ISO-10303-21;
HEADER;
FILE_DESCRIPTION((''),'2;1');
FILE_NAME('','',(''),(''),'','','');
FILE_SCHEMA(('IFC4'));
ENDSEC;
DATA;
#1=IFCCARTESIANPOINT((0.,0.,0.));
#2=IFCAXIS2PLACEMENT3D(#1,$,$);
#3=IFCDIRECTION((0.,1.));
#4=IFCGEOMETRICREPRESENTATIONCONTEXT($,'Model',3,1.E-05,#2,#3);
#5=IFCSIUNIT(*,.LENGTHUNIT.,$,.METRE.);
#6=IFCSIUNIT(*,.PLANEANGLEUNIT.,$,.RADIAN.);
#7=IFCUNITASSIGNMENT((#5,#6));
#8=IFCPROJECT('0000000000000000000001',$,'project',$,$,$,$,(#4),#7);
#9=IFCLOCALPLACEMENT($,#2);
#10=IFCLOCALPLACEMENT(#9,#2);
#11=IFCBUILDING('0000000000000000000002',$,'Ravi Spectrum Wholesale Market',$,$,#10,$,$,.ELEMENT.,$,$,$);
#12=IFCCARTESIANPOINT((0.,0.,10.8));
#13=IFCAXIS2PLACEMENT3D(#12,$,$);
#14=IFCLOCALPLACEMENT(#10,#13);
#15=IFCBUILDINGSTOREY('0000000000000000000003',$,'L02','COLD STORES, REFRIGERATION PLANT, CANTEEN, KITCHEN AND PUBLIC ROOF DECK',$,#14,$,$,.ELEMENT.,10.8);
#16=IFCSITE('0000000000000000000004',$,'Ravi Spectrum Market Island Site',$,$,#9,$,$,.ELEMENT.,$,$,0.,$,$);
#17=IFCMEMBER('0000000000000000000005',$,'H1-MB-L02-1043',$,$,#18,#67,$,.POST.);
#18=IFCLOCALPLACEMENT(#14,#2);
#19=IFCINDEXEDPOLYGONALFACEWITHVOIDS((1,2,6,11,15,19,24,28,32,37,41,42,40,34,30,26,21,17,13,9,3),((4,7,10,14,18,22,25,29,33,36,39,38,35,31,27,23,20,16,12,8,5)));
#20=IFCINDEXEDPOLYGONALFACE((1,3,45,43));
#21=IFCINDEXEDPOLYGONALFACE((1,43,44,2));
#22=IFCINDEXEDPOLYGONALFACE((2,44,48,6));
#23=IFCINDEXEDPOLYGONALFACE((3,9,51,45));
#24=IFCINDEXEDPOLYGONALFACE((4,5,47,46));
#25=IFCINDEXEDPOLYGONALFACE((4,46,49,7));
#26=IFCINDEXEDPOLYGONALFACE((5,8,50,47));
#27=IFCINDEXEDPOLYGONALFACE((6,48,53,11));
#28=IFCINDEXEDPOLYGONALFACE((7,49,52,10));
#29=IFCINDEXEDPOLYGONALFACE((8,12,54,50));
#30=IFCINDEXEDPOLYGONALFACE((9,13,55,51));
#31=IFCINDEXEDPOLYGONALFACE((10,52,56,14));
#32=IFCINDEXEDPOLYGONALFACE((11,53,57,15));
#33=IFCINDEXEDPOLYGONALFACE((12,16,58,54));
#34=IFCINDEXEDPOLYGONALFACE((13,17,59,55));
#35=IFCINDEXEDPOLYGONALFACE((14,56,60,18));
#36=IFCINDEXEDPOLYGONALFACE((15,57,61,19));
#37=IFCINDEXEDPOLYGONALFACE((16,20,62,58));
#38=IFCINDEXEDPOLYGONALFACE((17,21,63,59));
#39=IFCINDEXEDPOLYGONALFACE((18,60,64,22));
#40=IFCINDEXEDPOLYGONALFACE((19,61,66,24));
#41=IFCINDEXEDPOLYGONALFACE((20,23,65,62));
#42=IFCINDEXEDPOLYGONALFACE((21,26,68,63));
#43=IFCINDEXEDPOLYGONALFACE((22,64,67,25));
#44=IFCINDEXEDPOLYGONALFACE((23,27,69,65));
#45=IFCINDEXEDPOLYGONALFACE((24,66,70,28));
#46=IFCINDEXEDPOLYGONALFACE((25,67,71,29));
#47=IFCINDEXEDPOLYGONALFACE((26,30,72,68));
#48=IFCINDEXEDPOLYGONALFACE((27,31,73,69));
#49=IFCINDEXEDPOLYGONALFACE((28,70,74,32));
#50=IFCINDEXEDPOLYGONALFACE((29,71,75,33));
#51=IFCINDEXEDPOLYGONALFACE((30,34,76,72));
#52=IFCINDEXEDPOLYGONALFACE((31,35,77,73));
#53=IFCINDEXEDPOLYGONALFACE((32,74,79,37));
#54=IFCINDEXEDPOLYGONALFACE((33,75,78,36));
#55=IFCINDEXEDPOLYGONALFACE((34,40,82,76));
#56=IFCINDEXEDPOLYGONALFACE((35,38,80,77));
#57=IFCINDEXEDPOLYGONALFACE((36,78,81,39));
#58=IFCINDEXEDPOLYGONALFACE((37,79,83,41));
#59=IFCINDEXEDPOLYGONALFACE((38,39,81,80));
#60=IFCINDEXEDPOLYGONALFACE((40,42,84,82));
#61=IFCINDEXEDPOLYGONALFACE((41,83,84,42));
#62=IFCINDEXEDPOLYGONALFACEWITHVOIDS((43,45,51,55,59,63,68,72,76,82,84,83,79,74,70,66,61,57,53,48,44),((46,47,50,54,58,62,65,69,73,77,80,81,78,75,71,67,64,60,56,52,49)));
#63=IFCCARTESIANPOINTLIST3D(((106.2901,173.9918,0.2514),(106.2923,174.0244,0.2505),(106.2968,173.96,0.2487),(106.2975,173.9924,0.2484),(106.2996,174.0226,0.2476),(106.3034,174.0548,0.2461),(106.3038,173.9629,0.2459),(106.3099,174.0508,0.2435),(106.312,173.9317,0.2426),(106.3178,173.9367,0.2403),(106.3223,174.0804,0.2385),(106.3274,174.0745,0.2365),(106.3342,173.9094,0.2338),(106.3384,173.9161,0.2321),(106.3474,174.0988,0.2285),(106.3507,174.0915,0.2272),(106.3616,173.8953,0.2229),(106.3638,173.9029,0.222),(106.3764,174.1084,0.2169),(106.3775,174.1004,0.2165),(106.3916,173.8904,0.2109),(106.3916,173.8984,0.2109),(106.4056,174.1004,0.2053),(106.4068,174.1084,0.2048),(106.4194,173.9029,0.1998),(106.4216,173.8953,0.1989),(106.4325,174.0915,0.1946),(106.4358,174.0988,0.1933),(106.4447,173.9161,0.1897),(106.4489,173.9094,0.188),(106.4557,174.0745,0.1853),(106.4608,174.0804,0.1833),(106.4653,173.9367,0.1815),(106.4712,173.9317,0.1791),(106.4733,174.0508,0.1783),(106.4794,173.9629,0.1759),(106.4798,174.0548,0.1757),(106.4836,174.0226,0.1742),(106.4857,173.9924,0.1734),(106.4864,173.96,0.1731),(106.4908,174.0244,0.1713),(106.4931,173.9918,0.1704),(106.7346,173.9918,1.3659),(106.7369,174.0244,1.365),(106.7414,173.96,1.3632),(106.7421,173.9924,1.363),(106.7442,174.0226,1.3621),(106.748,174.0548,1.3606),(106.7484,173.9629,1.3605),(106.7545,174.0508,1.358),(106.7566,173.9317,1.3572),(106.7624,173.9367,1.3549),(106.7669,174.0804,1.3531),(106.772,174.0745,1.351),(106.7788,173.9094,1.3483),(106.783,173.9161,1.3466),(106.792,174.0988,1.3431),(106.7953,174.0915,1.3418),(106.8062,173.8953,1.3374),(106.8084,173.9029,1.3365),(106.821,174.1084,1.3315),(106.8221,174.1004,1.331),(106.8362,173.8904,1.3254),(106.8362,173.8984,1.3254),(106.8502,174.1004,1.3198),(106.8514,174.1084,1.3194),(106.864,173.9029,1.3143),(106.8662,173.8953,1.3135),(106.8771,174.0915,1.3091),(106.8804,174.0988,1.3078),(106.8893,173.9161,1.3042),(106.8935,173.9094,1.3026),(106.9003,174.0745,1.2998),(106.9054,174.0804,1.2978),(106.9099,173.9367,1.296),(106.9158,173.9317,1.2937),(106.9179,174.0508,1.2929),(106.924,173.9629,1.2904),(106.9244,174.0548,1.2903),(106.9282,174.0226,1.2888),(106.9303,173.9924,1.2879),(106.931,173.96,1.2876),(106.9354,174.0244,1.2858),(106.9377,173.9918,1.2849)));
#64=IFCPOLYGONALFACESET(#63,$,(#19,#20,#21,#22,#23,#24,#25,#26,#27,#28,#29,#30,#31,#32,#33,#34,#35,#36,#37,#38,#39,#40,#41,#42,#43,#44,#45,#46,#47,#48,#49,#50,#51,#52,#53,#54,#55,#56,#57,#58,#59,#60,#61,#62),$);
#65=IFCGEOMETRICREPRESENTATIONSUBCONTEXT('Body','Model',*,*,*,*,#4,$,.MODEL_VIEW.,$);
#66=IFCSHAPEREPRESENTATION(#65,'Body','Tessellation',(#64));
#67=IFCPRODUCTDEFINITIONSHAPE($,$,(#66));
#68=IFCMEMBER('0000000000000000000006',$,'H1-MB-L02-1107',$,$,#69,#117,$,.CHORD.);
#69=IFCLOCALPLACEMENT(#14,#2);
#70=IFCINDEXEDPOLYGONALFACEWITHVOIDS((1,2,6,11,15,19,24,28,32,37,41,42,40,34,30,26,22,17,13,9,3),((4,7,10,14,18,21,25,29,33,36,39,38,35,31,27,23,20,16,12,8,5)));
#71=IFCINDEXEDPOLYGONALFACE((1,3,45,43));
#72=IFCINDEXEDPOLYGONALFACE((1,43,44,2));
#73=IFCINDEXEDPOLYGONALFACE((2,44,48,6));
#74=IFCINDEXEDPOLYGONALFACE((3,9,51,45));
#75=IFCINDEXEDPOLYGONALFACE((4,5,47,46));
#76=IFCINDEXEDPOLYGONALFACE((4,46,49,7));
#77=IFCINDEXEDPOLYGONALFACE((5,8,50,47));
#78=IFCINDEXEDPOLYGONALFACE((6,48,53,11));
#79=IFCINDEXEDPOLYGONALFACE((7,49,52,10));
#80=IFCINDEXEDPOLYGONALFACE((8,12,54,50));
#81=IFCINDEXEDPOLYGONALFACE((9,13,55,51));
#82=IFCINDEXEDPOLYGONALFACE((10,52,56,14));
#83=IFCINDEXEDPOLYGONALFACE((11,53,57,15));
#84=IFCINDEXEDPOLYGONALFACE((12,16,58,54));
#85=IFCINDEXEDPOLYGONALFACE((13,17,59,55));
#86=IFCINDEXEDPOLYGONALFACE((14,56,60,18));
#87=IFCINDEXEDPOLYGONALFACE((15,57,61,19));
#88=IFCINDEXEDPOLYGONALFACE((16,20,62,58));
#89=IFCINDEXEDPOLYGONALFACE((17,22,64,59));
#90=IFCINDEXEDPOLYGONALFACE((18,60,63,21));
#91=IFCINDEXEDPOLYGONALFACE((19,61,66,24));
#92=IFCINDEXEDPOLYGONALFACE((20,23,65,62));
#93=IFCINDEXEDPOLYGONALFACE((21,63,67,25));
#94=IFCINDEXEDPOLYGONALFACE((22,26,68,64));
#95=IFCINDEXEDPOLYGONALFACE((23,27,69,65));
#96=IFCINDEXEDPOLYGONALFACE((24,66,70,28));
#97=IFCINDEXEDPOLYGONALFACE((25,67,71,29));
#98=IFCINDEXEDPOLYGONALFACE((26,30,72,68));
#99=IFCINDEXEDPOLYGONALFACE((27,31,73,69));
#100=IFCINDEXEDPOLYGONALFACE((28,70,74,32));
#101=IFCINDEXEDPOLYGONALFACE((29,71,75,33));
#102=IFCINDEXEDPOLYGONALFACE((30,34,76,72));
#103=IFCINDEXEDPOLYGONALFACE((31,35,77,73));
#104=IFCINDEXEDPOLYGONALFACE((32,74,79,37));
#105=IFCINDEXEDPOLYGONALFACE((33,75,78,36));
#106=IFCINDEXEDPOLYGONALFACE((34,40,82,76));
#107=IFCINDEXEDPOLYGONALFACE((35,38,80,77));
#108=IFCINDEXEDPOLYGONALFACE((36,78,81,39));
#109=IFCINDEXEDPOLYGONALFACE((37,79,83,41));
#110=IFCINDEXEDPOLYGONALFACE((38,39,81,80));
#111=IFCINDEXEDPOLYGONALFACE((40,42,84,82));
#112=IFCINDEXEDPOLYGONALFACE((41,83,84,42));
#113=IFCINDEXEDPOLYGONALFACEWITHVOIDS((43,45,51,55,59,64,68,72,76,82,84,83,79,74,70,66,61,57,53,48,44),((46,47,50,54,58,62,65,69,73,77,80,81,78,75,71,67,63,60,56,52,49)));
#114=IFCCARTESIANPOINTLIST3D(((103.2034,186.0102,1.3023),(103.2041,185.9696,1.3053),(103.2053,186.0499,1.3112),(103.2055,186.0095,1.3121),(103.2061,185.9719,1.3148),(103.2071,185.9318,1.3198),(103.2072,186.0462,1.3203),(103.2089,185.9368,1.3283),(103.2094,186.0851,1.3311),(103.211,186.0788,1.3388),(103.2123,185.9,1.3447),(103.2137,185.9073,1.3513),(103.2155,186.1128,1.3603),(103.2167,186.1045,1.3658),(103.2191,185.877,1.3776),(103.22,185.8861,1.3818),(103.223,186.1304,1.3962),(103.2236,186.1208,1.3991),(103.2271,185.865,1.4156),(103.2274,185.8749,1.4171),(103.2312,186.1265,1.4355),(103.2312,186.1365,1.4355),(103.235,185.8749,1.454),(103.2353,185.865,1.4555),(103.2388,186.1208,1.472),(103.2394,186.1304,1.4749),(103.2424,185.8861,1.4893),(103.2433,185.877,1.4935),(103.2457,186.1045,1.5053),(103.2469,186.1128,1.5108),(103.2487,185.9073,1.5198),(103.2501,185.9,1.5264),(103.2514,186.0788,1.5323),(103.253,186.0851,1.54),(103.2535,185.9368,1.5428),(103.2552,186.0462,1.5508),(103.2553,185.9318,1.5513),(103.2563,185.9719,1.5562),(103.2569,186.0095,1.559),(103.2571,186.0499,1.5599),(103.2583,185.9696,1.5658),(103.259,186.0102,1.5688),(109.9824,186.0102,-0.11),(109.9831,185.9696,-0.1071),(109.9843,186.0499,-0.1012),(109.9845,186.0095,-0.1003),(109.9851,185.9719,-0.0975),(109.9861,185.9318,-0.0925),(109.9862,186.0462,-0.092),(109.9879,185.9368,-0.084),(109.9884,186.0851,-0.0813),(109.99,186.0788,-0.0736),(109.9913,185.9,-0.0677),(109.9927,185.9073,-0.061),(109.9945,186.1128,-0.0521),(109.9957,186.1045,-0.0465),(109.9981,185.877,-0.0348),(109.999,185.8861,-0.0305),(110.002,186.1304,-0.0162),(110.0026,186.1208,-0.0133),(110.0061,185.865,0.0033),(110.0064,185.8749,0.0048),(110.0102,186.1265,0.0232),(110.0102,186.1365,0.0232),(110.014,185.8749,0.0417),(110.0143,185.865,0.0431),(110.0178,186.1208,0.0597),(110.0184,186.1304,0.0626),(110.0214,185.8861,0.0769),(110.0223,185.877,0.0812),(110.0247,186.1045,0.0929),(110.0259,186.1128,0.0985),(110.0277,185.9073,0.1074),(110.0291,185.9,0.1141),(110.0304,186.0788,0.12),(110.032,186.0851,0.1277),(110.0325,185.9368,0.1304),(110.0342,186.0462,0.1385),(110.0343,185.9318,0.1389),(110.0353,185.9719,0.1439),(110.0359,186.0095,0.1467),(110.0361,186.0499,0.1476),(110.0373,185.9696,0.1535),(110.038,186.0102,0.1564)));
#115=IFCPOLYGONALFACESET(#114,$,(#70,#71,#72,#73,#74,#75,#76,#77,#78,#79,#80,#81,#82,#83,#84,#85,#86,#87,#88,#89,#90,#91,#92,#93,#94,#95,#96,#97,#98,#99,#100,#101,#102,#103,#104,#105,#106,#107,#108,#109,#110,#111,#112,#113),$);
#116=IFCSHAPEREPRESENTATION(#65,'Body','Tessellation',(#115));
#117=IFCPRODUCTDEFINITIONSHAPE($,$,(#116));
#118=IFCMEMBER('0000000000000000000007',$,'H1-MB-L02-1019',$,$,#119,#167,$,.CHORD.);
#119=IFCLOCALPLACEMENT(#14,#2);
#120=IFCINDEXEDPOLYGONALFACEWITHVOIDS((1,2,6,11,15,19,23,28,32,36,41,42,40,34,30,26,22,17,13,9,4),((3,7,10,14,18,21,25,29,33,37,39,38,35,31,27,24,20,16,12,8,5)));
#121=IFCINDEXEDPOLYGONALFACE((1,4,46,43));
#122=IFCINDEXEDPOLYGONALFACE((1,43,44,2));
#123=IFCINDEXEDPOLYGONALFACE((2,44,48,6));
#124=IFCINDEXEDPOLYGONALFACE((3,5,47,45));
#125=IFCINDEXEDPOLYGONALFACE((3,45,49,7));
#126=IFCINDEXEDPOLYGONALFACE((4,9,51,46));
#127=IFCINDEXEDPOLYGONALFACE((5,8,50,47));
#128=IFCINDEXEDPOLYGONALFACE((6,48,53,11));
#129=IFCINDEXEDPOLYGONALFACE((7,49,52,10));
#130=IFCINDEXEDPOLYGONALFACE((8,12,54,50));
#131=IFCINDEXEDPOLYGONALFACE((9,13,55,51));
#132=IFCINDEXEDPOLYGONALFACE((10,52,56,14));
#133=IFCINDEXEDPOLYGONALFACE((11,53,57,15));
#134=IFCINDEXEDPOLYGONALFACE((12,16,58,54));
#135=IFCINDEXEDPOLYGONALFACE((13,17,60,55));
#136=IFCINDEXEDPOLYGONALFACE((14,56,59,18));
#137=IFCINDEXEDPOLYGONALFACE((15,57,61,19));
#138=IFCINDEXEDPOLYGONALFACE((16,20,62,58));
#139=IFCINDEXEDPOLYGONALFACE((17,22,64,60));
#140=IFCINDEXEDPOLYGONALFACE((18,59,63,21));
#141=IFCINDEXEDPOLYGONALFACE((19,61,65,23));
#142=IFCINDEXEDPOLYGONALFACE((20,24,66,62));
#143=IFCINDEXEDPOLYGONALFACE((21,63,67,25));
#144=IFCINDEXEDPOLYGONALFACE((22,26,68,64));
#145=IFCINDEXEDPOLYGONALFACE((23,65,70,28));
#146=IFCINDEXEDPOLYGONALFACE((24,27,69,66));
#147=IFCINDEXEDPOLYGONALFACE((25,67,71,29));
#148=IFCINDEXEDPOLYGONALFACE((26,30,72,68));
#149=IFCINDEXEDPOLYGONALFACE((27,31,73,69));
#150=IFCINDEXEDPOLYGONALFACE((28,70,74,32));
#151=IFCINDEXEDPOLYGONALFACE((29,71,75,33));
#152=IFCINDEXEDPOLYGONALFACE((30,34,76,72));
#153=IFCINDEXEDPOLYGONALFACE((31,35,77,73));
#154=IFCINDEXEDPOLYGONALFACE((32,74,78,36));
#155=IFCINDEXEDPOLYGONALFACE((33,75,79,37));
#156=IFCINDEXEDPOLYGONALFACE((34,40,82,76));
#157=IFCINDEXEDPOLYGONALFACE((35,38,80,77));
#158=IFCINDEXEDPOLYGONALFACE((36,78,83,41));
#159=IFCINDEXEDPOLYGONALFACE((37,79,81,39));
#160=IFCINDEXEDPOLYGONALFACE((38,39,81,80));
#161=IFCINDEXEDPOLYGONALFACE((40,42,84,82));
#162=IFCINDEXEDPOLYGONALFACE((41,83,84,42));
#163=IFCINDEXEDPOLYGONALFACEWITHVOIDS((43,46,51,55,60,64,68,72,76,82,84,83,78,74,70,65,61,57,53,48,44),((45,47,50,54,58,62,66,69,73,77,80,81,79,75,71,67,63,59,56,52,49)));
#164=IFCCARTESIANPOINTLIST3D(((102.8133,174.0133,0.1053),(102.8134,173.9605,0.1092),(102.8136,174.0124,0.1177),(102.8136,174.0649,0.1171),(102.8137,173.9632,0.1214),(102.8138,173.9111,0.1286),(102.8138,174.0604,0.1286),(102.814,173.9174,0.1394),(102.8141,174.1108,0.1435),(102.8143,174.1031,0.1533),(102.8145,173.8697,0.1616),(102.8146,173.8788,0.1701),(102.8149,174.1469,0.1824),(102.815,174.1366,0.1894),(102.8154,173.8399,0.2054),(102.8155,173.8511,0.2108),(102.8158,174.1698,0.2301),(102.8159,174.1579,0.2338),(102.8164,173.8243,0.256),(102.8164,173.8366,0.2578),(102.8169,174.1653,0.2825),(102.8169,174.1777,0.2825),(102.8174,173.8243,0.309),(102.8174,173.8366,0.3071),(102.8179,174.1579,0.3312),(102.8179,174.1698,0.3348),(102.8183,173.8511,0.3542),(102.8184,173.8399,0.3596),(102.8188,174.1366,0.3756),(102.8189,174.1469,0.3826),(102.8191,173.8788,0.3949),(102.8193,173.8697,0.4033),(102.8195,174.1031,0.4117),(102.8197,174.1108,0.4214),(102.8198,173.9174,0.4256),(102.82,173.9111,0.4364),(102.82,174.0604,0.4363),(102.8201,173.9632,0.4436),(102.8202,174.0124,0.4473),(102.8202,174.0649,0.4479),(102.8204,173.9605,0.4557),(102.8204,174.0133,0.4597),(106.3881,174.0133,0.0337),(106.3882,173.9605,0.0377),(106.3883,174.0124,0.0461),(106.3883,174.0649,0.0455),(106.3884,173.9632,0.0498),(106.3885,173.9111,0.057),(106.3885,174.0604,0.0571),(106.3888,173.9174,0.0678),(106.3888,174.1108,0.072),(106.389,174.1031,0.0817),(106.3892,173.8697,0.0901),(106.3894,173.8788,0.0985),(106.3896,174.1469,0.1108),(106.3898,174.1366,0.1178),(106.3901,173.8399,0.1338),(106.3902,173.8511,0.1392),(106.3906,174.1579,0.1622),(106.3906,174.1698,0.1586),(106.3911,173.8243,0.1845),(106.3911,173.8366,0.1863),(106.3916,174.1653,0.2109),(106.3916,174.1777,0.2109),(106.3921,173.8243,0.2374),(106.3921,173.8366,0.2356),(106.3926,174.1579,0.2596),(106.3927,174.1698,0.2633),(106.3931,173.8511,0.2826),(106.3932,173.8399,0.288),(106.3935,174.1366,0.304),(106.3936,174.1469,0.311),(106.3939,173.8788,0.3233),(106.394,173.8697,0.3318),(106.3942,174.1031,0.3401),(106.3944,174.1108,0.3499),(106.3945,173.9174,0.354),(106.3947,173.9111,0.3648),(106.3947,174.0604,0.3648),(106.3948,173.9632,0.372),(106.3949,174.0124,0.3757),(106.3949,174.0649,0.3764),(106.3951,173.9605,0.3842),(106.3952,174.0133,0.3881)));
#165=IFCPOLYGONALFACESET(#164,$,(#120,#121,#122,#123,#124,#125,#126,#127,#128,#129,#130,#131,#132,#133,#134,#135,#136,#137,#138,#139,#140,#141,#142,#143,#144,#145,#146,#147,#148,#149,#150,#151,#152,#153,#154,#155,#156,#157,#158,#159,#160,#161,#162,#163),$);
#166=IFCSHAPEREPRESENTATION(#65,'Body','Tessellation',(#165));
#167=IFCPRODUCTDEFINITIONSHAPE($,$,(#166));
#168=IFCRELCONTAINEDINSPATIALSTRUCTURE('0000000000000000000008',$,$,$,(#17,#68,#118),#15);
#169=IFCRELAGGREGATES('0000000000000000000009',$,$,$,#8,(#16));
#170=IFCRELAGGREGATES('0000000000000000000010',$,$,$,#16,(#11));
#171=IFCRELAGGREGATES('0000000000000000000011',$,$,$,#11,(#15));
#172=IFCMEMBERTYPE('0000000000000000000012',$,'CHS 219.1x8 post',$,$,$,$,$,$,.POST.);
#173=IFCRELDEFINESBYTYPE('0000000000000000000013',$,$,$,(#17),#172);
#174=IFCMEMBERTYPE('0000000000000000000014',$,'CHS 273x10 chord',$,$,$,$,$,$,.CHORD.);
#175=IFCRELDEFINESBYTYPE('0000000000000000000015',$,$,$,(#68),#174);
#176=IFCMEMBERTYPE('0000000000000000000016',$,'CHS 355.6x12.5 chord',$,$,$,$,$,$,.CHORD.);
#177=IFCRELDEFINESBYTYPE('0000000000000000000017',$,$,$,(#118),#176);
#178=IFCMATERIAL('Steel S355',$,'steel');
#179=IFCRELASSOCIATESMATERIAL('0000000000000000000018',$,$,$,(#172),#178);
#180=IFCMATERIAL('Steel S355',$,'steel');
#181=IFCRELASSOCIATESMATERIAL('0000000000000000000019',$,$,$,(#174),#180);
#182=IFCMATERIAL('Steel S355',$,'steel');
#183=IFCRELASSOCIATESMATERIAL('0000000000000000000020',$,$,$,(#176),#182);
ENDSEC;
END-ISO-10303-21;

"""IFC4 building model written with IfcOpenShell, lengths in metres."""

from ifc_helpers import new_model, si_unit, direction, frame, origin, origin_2d, place, context, subcontext, project, spatial, hollow_circle, extrude, material, material_profile, profile_set, type_object, element, save


model = new_model("IFC4")

# Units and contexts
model_context = context("Model", 3, precision=1e-05, world=origin(), true_north=direction((0.0, 1.0)))
body_context = subcontext(model_context, "Body", "Model", "MODEL_VIEW")
ifc_project = project(units=[si_unit("LENGTHUNIT", "METRE"), si_unit("PLANEANGLEUNIT", "RADIAN")], contexts=[model_context])

# Site, building, storey
site_placement = place(None, origin())
site = spatial("IfcSite", under=ifc_project, at=site_placement, Name="Ravi Spectrum Market Island Site", CompositionType="ELEMENT", RefElevation=0.0)
building_placement = place(site_placement, origin())
building = spatial("IfcBuilding", under=site, at=building_placement, Name="Ravi Spectrum Wholesale Market", CompositionType="ELEMENT")
storey_placement = place(building_placement, frame((0.0, 0.0, 10.8)))
storey = spatial("IfcBuildingStorey", under=building, at=storey_placement, Name="L02", Description="COLD STORES, REFRIGERATION PLANT, CANTEEN, KITCHEN AND PUBLIC ROOF DECK", CompositionType="ELEMENT", Elevation=10.8)

# Members
ifc_material_1 = material(Name="Steel S355", Category="steel")
ifc_material_profile_1 = material_profile(ifc_material_1, hollow_circle(Radius=0.1096, WallThickness=0.0081, at=origin_2d()))
ifc_profile_set_1 = profile_set([ifc_material_profile_1], Name="Steel S355")
member_type_1 = type_object("IfcMemberType", Name="CHS 219.1x8 post", PredefinedType="POST", material=ifc_profile_set_1)
member_1_placement = place(storey_placement, frame((106.8362, 174.0, 1.3254), z_axis=(-0.370513, 0.0, -0.928827), x_axis=(0.0, -1.0, 0.0)))
element("IfcMember", 1, at=member_1_placement, inside=storey, type_object=member_type_1, Name="H1-MB-L02-1043", PredefinedType="POST", context=body_context, shape_type="SweptSolid", body=[
    extrude(hollow_circle(Radius=0.1096, WallThickness=0.0081, at=origin_2d()), origin(), (0.0, 0.0, 1.0), 1.2),
])
ifc_material_2 = material(Name="Steel S355", Category="steel")
ifc_material_profile_2 = material_profile(ifc_material_2, hollow_circle(Radius=0.1365, WallThickness=0.01, at=origin_2d()))
ifc_profile_set_2 = profile_set([ifc_material_profile_2], Name="Steel S355")
member_type_2 = type_object("IfcMemberType", Name="CHS 273x10 chord", PredefinedType="CHORD", material=ifc_profile_set_2)
member_2_placement = place(storey_placement, frame((103.2312, 186.0, 1.4355), z_axis=(0.978979, 0.0, -0.203961), x_axis=(0.0, 1.0, 0.0)))
element("IfcMember", 2, at=member_2_placement, inside=storey, type_object=member_type_2, Name="H1-MB-L02-1107", PredefinedType="CHORD", context=body_context, shape_type="SweptSolid", body=[
    extrude(hollow_circle(Radius=0.1365, WallThickness=0.01, at=origin_2d()), origin(), (0.0, 0.0, 1.0), 6.9246),
])
ifc_material_3 = material(Name="Steel S355", Category="steel")
ifc_material_profile_3 = material_profile(ifc_material_3, hollow_circle(Radius=0.1777, WallThickness=0.0125, at=origin_2d()))
ifc_profile_set_3 = profile_set([ifc_material_profile_3], Name="Steel S355")
member_type_3 = type_object("IfcMemberType", Name="CHS 355.6x12.5 chord", PredefinedType="CHORD", material=ifc_profile_set_3)
member_3_placement = place(storey_placement, frame((102.8169, 174.0, 0.2825), z_axis=(0.9998, 0.0, -0.020007), x_axis=(0.0, 1.0, 0.0)))
element("IfcMember", 3, at=member_3_placement, inside=storey, type_object=member_type_3, Name="H1-MB-L02-1019", PredefinedType="CHORD", context=body_context, shape_type="SweptSolid", body=[
    extrude(hollow_circle(Radius=0.1777, WallThickness=0.0125, at=origin_2d()), origin(), (0.0, 0.0, 1.0), 3.5754),
])

save(model, "model.ifc")
